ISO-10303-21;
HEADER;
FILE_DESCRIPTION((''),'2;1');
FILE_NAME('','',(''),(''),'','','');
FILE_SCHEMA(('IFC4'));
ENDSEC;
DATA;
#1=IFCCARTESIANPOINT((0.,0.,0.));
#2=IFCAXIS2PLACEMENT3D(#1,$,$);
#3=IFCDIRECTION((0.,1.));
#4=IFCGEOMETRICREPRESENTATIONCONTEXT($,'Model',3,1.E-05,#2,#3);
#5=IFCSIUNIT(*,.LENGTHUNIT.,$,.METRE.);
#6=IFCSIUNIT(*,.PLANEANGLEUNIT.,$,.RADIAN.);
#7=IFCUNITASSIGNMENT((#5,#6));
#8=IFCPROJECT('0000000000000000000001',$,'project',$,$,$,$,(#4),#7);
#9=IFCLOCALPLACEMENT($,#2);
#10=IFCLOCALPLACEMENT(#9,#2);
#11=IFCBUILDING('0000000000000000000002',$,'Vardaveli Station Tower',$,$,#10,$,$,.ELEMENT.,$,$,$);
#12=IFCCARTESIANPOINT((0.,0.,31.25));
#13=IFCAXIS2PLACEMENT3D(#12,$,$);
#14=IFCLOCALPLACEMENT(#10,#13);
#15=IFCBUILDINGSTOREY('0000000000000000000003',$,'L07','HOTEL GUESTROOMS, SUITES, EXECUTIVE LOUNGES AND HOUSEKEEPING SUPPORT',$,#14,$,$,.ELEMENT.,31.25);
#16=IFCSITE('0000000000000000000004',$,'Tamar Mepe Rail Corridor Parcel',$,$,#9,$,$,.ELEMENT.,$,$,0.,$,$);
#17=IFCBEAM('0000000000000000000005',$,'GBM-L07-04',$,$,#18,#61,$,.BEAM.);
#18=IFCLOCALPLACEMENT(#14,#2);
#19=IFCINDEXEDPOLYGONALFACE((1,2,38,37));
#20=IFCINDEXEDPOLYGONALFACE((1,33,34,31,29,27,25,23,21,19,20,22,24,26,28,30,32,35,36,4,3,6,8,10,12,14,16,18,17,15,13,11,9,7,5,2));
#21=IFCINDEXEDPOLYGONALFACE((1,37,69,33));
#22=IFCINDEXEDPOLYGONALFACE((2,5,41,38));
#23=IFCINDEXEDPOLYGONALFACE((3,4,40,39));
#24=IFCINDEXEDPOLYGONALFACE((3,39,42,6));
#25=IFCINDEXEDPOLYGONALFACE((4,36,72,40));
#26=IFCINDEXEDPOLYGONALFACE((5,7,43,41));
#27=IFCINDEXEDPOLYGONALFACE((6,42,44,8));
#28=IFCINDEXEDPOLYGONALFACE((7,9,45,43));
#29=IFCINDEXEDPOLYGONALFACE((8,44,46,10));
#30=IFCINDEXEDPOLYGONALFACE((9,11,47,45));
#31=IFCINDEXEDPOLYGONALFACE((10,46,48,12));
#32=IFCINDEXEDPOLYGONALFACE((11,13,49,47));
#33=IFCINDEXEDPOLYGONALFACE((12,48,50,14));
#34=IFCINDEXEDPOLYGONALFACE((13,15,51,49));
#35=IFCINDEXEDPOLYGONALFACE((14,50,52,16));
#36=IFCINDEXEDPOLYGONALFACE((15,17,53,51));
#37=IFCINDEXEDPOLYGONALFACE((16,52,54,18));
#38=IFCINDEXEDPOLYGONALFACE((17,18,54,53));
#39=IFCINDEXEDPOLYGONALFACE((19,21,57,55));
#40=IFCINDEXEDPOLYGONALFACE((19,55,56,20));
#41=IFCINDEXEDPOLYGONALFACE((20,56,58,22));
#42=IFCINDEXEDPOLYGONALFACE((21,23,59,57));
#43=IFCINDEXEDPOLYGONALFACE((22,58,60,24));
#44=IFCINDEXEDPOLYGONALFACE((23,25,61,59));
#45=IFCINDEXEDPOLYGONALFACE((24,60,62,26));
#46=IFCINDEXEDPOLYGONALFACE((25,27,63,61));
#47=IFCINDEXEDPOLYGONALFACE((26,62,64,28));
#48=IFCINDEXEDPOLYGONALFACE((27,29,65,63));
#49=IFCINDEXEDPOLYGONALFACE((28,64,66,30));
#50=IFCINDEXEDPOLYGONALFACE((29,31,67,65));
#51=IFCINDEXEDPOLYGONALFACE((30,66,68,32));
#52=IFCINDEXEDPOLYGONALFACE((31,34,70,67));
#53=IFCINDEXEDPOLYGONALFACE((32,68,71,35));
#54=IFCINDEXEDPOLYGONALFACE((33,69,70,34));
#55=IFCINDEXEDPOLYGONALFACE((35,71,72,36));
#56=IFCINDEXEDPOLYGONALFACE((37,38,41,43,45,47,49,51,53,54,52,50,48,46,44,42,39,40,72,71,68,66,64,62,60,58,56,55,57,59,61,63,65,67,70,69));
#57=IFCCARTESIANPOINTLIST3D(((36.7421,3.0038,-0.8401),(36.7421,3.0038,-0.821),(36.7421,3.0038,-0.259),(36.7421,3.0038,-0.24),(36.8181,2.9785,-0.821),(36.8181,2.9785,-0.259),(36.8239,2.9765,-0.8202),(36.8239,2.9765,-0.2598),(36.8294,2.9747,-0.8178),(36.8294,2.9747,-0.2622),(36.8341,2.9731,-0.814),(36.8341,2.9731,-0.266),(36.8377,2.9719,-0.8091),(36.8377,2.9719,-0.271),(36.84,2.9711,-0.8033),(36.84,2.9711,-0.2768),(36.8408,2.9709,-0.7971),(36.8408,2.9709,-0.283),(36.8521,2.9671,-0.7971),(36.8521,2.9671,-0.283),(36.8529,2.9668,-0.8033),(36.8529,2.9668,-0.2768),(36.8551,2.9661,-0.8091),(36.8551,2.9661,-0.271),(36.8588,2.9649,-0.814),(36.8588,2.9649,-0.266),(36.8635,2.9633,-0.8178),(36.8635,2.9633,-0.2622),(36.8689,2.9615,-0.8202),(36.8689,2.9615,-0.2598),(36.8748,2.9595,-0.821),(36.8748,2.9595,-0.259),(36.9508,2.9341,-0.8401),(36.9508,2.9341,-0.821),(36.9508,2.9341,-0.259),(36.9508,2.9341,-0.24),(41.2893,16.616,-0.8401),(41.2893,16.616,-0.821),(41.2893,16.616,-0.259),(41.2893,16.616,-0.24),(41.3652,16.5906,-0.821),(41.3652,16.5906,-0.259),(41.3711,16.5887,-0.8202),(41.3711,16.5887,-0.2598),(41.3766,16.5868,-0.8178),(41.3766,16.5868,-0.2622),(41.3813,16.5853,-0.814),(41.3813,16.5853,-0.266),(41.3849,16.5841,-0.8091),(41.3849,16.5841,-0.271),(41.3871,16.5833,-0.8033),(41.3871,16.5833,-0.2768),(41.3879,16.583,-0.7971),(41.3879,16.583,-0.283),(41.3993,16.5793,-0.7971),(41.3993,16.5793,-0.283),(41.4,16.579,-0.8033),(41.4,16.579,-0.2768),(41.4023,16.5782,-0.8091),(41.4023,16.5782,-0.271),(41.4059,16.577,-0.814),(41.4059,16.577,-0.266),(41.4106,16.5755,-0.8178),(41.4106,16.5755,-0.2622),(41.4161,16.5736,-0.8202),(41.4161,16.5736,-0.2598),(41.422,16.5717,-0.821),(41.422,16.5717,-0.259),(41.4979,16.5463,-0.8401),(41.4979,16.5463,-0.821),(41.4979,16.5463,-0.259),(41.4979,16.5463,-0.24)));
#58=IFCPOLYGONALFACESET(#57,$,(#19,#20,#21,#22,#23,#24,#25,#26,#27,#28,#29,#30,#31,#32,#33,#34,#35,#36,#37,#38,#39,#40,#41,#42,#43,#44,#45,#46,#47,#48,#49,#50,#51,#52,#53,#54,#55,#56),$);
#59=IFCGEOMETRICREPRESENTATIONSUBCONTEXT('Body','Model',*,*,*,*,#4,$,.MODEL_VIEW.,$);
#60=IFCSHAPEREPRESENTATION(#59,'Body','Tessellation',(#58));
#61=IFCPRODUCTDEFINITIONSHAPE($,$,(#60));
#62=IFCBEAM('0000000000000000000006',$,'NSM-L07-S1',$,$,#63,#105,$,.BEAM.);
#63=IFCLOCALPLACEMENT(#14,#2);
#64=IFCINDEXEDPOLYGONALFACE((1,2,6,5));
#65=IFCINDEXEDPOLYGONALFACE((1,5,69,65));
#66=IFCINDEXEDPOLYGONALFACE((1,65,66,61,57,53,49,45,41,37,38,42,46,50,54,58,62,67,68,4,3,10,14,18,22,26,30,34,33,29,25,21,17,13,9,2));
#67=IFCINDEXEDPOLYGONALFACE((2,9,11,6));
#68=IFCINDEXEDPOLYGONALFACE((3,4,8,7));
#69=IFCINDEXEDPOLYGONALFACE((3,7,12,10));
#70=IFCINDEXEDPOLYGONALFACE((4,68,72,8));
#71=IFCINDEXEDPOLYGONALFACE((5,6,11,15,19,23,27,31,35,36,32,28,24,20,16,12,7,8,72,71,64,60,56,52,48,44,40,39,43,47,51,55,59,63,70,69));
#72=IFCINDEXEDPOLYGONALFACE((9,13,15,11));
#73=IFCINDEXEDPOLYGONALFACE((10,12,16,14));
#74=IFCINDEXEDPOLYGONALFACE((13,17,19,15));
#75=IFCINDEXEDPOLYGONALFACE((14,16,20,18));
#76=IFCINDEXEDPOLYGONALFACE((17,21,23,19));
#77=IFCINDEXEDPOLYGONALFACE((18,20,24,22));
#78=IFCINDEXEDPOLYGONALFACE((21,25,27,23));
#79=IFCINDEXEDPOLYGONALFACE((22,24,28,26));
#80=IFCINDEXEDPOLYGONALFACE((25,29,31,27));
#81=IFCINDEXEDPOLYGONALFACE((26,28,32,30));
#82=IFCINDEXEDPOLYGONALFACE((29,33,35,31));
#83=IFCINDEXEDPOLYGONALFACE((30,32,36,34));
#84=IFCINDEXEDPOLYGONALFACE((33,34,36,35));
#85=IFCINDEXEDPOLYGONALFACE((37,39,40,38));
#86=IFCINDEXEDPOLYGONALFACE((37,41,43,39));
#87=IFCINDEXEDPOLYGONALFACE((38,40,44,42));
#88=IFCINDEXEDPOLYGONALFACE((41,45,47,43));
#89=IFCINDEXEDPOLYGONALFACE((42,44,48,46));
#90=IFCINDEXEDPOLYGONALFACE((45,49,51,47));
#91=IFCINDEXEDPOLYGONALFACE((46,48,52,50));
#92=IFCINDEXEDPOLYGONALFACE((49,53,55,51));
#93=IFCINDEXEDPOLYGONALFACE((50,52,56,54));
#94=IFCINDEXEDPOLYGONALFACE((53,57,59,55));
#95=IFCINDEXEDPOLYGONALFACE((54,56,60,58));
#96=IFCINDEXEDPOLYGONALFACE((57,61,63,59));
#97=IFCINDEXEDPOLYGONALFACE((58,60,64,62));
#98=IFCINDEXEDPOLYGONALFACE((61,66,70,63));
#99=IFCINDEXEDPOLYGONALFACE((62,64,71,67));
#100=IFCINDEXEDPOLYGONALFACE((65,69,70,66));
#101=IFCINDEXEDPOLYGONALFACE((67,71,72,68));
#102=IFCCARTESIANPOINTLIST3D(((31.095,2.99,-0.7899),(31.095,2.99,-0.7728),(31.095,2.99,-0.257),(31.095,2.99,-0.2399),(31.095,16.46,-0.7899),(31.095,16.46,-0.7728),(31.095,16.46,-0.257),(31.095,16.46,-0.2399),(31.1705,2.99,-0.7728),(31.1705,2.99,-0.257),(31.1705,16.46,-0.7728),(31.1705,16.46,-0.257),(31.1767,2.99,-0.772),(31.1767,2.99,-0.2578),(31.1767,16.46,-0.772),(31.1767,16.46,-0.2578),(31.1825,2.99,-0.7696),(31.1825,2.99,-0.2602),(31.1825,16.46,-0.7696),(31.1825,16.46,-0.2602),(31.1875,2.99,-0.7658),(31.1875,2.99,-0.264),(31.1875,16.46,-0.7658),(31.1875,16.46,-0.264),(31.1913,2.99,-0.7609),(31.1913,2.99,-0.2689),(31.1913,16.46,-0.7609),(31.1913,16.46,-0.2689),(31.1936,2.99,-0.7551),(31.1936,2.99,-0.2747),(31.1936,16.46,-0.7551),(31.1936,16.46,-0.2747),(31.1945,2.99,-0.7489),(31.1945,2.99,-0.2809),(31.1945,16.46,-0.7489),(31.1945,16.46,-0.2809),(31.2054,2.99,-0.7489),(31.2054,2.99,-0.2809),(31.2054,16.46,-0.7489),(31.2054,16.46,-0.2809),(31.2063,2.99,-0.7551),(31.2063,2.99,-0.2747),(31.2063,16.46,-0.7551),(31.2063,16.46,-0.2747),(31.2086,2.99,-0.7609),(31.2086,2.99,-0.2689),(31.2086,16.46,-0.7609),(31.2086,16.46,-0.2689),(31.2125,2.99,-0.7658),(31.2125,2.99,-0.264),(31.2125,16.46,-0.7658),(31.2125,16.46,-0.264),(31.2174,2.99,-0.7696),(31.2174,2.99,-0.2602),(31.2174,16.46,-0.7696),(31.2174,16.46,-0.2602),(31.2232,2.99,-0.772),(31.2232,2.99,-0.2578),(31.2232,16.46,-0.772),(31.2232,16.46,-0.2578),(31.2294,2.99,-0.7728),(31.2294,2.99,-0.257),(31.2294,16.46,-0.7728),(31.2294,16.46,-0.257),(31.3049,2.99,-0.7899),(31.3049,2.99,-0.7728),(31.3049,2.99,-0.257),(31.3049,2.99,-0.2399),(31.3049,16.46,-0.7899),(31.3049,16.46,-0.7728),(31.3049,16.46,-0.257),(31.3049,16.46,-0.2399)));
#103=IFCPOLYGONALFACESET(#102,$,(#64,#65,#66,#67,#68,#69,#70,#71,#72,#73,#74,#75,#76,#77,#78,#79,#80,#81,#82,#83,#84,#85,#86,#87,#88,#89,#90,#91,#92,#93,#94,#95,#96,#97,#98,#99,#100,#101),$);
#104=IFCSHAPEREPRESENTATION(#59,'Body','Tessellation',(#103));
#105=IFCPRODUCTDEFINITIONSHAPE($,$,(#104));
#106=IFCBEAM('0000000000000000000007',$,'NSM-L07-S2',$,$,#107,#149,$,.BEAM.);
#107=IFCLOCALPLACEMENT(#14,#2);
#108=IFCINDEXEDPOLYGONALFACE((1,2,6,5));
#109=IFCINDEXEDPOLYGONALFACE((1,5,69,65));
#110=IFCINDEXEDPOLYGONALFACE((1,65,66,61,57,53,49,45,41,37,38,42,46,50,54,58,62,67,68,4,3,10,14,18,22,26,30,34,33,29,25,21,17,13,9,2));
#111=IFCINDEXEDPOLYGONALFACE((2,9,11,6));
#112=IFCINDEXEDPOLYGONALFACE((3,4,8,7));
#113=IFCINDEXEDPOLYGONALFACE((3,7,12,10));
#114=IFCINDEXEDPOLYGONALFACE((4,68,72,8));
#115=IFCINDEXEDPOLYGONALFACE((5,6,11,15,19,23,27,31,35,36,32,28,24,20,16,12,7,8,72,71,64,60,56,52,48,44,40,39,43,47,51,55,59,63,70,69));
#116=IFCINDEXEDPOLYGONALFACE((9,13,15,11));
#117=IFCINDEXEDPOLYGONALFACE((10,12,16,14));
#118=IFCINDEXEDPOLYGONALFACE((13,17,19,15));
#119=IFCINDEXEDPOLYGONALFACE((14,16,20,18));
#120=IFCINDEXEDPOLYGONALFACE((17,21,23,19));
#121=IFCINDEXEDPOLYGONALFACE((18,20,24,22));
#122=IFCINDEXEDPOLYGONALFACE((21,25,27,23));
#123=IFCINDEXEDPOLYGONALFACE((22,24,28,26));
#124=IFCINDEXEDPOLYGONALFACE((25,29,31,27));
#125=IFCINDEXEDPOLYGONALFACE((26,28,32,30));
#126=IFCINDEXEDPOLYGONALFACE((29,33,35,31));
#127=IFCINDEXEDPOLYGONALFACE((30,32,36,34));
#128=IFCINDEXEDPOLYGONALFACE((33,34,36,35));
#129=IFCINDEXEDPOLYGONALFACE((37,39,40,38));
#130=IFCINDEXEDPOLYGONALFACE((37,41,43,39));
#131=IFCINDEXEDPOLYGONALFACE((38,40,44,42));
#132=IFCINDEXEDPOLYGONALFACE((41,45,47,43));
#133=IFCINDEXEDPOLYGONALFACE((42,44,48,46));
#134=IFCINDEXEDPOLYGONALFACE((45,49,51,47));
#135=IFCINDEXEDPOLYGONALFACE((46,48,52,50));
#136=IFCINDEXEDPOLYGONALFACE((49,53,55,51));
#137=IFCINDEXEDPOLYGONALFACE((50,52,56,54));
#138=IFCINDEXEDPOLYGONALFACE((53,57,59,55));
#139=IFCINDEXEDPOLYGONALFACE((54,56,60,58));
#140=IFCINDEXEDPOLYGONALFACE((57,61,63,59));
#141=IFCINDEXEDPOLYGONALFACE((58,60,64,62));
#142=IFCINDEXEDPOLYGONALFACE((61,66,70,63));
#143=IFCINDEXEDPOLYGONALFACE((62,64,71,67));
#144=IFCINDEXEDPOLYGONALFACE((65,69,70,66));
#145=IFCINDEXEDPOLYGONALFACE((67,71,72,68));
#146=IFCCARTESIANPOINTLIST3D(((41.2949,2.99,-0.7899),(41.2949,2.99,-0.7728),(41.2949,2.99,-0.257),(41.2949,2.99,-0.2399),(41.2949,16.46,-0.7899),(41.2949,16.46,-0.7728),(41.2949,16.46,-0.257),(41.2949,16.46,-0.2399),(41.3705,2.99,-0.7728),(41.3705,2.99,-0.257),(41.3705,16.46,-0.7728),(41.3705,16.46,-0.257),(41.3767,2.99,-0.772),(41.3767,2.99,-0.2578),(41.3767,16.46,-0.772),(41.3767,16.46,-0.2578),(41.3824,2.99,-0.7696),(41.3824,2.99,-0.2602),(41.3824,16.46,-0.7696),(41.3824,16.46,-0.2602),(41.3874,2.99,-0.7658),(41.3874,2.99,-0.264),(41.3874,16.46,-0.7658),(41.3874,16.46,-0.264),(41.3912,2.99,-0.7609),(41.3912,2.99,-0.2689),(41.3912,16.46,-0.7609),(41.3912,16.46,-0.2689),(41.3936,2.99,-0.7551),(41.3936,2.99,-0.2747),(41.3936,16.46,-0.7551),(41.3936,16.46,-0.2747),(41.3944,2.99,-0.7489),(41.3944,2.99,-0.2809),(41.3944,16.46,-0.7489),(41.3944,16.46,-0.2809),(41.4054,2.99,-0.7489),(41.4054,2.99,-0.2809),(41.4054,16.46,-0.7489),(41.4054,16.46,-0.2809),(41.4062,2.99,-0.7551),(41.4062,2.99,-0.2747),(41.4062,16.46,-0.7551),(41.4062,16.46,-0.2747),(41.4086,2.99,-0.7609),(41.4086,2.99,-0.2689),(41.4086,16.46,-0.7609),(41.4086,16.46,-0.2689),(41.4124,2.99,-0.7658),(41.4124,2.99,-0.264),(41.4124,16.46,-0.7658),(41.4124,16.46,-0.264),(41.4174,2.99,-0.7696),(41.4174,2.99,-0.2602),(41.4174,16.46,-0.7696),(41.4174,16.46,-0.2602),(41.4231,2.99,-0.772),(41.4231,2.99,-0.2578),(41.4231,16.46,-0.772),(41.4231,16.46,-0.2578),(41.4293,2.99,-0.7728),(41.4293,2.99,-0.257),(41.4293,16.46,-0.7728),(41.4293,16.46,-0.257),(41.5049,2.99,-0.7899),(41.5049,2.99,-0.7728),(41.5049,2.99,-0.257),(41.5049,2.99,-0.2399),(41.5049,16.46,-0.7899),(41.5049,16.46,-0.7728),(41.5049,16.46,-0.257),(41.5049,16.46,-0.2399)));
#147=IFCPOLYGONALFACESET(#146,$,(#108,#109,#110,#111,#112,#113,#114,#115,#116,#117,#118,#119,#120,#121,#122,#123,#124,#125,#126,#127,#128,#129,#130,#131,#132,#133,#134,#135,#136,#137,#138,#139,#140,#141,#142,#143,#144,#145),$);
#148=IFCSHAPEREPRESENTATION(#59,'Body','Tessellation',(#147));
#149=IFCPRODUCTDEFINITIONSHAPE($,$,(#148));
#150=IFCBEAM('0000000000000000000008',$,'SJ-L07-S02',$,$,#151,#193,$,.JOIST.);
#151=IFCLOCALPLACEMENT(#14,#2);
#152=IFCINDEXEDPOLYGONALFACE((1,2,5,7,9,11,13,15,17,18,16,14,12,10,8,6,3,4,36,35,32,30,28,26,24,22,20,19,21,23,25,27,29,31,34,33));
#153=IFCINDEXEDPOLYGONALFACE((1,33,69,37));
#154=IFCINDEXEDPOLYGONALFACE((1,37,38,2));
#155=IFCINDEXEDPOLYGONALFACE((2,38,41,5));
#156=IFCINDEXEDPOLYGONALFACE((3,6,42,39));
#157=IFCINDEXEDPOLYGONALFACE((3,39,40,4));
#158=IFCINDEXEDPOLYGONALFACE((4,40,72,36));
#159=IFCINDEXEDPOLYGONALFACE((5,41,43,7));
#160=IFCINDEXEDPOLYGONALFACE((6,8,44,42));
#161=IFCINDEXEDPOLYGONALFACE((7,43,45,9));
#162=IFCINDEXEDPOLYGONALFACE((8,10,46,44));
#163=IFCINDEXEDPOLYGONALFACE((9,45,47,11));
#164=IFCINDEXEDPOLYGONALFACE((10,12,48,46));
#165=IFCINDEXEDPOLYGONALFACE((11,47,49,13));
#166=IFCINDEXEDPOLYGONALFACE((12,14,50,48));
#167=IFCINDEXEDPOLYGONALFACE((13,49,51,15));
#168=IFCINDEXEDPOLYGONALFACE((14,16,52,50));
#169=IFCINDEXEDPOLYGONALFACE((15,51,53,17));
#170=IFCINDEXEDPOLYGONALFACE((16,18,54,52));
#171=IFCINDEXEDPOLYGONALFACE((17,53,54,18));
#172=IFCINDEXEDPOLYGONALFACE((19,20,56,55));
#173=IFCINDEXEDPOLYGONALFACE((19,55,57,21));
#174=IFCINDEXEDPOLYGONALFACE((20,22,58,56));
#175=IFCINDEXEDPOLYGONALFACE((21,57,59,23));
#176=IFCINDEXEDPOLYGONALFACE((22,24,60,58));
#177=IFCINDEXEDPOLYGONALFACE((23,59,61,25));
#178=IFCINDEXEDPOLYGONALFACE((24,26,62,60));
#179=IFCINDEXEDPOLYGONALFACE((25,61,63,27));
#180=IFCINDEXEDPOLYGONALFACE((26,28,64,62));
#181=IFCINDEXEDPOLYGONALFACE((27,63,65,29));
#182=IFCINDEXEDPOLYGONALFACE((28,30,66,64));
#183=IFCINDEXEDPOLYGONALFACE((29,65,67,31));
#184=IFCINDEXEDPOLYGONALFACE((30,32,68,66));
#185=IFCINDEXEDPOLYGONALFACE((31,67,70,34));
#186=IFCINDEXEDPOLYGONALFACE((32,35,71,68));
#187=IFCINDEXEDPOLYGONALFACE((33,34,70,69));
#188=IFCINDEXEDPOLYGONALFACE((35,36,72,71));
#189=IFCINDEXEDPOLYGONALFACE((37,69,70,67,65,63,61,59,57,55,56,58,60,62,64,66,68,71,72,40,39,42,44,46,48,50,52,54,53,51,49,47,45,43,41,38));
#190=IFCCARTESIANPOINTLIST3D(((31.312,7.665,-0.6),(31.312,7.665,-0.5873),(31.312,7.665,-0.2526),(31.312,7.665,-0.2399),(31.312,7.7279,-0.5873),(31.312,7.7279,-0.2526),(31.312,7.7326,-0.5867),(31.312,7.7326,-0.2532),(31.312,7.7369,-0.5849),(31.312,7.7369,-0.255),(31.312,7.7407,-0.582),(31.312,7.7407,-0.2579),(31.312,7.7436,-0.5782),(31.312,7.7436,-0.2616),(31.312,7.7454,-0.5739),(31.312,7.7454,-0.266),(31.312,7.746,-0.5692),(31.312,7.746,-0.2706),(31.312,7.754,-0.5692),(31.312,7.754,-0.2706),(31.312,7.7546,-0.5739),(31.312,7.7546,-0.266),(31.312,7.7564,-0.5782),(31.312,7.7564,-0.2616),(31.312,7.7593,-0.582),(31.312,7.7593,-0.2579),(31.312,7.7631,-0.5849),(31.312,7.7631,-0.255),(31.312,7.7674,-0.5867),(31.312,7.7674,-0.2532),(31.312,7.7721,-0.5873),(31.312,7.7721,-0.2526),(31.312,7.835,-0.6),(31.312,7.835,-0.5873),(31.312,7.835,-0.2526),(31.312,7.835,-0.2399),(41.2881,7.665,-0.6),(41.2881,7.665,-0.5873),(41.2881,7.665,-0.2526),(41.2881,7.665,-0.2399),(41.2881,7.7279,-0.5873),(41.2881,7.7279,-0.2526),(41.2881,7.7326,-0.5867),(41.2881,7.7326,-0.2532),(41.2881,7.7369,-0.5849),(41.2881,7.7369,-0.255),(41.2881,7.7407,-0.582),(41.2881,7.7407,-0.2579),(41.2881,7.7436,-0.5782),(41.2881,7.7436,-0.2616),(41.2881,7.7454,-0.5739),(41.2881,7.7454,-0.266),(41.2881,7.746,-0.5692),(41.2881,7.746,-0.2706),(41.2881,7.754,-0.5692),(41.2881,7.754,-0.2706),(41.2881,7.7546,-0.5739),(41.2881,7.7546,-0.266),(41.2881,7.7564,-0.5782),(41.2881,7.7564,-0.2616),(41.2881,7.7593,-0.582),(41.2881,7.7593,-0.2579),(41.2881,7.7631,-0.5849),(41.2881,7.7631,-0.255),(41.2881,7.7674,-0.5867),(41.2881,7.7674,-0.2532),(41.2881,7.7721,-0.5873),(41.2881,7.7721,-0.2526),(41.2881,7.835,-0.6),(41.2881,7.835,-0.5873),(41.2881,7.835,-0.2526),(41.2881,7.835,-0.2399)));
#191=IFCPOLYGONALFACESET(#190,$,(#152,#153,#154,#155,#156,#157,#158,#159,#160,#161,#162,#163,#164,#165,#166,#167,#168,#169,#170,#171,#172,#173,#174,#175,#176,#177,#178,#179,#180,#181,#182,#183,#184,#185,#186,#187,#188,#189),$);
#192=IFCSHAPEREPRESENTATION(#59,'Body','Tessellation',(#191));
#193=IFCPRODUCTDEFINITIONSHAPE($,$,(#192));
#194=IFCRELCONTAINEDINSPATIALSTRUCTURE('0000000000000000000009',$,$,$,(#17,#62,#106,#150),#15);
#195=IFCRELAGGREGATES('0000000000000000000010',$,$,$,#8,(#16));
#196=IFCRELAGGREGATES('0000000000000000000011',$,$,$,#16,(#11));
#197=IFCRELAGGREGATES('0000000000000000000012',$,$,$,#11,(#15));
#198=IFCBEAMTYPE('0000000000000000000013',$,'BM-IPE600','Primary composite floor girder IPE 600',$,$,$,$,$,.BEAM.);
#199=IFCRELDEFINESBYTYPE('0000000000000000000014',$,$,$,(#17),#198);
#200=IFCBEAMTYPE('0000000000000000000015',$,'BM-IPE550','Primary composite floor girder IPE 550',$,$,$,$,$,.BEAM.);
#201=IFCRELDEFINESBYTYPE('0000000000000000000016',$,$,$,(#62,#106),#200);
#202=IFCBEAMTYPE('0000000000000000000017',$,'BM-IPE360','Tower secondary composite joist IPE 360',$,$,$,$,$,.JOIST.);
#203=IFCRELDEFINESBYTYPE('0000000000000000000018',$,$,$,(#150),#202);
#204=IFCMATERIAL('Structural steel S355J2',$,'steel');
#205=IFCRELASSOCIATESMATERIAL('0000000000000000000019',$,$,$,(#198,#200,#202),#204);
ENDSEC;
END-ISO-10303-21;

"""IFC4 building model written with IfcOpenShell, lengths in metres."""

from ifc_helpers import new_model, si_unit, direction, frame, origin, origin_2d, place, context, subcontext, project, spatial, i_section, extrude, source, transform, mapped, material, material_profile, profile_set, type_object, element, save


model = new_model("IFC4")

# Units and contexts
model_context = context("Model", 3, precision=1e-05, world=origin(), true_north=direction((0.0, 1.0)))
body_context = subcontext(model_context, "Body", "Model", "MODEL_VIEW")
ifc_project = project(units=[si_unit("LENGTHUNIT", "METRE"), si_unit("PLANEANGLEUNIT", "RADIAN")], contexts=[model_context])

# Site, building, storey
site_placement = place(None, origin())
site = spatial("IfcSite", under=ifc_project, at=site_placement, Name="Tamar Mepe Rail Corridor Parcel", CompositionType="ELEMENT", RefElevation=0.0)
building_placement = place(site_placement, origin())
building = spatial("IfcBuilding", under=site, at=building_placement, Name="Vardaveli Station Tower", CompositionType="ELEMENT")
storey_placement = place(building_placement, frame((0.0, 0.0, 31.25)))
storey = spatial("IfcBuildingStorey", under=building, at=storey_placement, Name="L07", Description="HOTEL GUESTROOMS, SUITES, EXECUTIVE LOUNGES AND HOUSEKEEPING SUPPORT", CompositionType="ELEMENT", Elevation=31.25)

# Beams
ifc_material_1 = material(Name="Structural steel S355J2", Category="steel")
ifc_material_profile_1 = material_profile(ifc_material_1, i_section(OverallWidth=0.22, OverallDepth=0.6001, WebThickness=0.012, FlangeThickness=0.019, FilletRadius=0.0239, at=origin_2d()), Name="IPE 600")
ifc_profile_set_1 = profile_set([ifc_material_profile_1], Name="Structural steel S355J2")
beam_type_1 = type_object("IfcBeamType", Name="BM-IPE600", Description="Primary composite floor girder IPE 600", PredefinedType="BEAM", material=ifc_profile_set_1)
shared_shape_1 = source(origin(), body_context, "Body", "SweptSolid", [
    extrude(i_section(OverallWidth=0.22, OverallDepth=0.6001, WebThickness=0.012, FlangeThickness=0.019, FilletRadius=0.0239, at=origin_2d()), origin(), (0.0, 0.0, 1.0), 14.3516),
])
beam_1_placement = place(storey_placement, frame((36.8464, 2.969, -0.54), z_axis=(0.31684, 0.948479, 0.0), x_axis=(-0.948479, 0.31684, 0.0)))
element("IfcBeam", 1, at=beam_1_placement, inside=storey, type_object=beam_type_1, Name="GBM-L07-04", PredefinedType="BEAM", context=body_context, shape_type="MappedRepresentation", body=[
    mapped(shared_shape_1, transform((0.0, 0.0, 0.0), scale=1.0)),
])
ifc_material_profile_2 = material_profile(ifc_material_1, i_section(OverallWidth=0.21, OverallDepth=0.55, WebThickness=0.011, FlangeThickness=0.0171, FilletRadius=0.0239, at=origin_2d()), Name="IPE 550")
ifc_profile_set_2 = profile_set([ifc_material_profile_2], Name="Structural steel S355J2")
beam_type_2 = type_object("IfcBeamType", Name="BM-IPE550", Description="Primary composite floor girder IPE 550", PredefinedType="BEAM", material=ifc_profile_set_2)
shared_shape_2 = source(origin(), body_context, "Body", "SweptSolid", [
    extrude(i_section(OverallWidth=0.21, OverallDepth=0.55, WebThickness=0.011, FlangeThickness=0.0171, FilletRadius=0.0239, at=origin_2d()), origin(), (0.0, 0.0, 1.0), 13.47),
])
for number, where, z_axis, x_axis, name in (
    (2, (31.2, 2.99, -0.5149), (0.0, 1.0, 0.0), (-1.0, 0.0, 0.0), "NSM-L07-S1"),
    (3, (41.3999, 2.99, -0.5149), (0.0, 1.0, 0.0), (-1.0, 0.0, 0.0), "NSM-L07-S2"),
):
    element("IfcBeam", number, at=place(storey_placement, frame(where, z_axis=z_axis, x_axis=x_axis)), inside=storey, type_object=beam_type_2, Name=name, PredefinedType="BEAM", context=body_context, shape_type="MappedRepresentation", body=[
        mapped(shared_shape_2, transform((0.0, 0.0, 0.0), scale=1.0)),
    ])
ifc_material_profile_3 = material_profile(ifc_material_1, i_section(OverallWidth=0.1699, OverallDepth=0.3601, WebThickness=0.0081, FlangeThickness=0.0127, FilletRadius=0.0181, at=origin_2d()), Name="IPE 360")
ifc_profile_set_3 = profile_set([ifc_material_profile_3], Name="Structural steel S355J2")
beam_type_3 = type_object("IfcBeamType", Name="BM-IPE360", Description="Tower secondary composite joist IPE 360", PredefinedType="JOIST", material=ifc_profile_set_3)
shared_shape_3 = source(origin(), body_context, "Body", "SweptSolid", [
    extrude(i_section(OverallWidth=0.1699, OverallDepth=0.3601, WebThickness=0.0081, FlangeThickness=0.0127, FilletRadius=0.0181, at=origin_2d()), origin(), (0.0, 0.0, 1.0), 9.9761),
])
for number, where, z_axis, x_axis, name in (
    (4, (31.312, 7.75, -0.4199), (1.0, 0.0, 0.0), (0.0, 1.0, 0.0), "SJ-L07-S02"),
):
    element("IfcBeam", number, at=place(storey_placement, frame(where, z_axis=z_axis, x_axis=x_axis)), inside=storey, type_object=beam_type_3, Name=name, PredefinedType="JOIST", context=body_context, shape_type="MappedRepresentation", body=[
        mapped(shared_shape_3, transform((0.0, 0.0, 0.0), scale=1.0)),
    ])

save(model, "model.ifc")
